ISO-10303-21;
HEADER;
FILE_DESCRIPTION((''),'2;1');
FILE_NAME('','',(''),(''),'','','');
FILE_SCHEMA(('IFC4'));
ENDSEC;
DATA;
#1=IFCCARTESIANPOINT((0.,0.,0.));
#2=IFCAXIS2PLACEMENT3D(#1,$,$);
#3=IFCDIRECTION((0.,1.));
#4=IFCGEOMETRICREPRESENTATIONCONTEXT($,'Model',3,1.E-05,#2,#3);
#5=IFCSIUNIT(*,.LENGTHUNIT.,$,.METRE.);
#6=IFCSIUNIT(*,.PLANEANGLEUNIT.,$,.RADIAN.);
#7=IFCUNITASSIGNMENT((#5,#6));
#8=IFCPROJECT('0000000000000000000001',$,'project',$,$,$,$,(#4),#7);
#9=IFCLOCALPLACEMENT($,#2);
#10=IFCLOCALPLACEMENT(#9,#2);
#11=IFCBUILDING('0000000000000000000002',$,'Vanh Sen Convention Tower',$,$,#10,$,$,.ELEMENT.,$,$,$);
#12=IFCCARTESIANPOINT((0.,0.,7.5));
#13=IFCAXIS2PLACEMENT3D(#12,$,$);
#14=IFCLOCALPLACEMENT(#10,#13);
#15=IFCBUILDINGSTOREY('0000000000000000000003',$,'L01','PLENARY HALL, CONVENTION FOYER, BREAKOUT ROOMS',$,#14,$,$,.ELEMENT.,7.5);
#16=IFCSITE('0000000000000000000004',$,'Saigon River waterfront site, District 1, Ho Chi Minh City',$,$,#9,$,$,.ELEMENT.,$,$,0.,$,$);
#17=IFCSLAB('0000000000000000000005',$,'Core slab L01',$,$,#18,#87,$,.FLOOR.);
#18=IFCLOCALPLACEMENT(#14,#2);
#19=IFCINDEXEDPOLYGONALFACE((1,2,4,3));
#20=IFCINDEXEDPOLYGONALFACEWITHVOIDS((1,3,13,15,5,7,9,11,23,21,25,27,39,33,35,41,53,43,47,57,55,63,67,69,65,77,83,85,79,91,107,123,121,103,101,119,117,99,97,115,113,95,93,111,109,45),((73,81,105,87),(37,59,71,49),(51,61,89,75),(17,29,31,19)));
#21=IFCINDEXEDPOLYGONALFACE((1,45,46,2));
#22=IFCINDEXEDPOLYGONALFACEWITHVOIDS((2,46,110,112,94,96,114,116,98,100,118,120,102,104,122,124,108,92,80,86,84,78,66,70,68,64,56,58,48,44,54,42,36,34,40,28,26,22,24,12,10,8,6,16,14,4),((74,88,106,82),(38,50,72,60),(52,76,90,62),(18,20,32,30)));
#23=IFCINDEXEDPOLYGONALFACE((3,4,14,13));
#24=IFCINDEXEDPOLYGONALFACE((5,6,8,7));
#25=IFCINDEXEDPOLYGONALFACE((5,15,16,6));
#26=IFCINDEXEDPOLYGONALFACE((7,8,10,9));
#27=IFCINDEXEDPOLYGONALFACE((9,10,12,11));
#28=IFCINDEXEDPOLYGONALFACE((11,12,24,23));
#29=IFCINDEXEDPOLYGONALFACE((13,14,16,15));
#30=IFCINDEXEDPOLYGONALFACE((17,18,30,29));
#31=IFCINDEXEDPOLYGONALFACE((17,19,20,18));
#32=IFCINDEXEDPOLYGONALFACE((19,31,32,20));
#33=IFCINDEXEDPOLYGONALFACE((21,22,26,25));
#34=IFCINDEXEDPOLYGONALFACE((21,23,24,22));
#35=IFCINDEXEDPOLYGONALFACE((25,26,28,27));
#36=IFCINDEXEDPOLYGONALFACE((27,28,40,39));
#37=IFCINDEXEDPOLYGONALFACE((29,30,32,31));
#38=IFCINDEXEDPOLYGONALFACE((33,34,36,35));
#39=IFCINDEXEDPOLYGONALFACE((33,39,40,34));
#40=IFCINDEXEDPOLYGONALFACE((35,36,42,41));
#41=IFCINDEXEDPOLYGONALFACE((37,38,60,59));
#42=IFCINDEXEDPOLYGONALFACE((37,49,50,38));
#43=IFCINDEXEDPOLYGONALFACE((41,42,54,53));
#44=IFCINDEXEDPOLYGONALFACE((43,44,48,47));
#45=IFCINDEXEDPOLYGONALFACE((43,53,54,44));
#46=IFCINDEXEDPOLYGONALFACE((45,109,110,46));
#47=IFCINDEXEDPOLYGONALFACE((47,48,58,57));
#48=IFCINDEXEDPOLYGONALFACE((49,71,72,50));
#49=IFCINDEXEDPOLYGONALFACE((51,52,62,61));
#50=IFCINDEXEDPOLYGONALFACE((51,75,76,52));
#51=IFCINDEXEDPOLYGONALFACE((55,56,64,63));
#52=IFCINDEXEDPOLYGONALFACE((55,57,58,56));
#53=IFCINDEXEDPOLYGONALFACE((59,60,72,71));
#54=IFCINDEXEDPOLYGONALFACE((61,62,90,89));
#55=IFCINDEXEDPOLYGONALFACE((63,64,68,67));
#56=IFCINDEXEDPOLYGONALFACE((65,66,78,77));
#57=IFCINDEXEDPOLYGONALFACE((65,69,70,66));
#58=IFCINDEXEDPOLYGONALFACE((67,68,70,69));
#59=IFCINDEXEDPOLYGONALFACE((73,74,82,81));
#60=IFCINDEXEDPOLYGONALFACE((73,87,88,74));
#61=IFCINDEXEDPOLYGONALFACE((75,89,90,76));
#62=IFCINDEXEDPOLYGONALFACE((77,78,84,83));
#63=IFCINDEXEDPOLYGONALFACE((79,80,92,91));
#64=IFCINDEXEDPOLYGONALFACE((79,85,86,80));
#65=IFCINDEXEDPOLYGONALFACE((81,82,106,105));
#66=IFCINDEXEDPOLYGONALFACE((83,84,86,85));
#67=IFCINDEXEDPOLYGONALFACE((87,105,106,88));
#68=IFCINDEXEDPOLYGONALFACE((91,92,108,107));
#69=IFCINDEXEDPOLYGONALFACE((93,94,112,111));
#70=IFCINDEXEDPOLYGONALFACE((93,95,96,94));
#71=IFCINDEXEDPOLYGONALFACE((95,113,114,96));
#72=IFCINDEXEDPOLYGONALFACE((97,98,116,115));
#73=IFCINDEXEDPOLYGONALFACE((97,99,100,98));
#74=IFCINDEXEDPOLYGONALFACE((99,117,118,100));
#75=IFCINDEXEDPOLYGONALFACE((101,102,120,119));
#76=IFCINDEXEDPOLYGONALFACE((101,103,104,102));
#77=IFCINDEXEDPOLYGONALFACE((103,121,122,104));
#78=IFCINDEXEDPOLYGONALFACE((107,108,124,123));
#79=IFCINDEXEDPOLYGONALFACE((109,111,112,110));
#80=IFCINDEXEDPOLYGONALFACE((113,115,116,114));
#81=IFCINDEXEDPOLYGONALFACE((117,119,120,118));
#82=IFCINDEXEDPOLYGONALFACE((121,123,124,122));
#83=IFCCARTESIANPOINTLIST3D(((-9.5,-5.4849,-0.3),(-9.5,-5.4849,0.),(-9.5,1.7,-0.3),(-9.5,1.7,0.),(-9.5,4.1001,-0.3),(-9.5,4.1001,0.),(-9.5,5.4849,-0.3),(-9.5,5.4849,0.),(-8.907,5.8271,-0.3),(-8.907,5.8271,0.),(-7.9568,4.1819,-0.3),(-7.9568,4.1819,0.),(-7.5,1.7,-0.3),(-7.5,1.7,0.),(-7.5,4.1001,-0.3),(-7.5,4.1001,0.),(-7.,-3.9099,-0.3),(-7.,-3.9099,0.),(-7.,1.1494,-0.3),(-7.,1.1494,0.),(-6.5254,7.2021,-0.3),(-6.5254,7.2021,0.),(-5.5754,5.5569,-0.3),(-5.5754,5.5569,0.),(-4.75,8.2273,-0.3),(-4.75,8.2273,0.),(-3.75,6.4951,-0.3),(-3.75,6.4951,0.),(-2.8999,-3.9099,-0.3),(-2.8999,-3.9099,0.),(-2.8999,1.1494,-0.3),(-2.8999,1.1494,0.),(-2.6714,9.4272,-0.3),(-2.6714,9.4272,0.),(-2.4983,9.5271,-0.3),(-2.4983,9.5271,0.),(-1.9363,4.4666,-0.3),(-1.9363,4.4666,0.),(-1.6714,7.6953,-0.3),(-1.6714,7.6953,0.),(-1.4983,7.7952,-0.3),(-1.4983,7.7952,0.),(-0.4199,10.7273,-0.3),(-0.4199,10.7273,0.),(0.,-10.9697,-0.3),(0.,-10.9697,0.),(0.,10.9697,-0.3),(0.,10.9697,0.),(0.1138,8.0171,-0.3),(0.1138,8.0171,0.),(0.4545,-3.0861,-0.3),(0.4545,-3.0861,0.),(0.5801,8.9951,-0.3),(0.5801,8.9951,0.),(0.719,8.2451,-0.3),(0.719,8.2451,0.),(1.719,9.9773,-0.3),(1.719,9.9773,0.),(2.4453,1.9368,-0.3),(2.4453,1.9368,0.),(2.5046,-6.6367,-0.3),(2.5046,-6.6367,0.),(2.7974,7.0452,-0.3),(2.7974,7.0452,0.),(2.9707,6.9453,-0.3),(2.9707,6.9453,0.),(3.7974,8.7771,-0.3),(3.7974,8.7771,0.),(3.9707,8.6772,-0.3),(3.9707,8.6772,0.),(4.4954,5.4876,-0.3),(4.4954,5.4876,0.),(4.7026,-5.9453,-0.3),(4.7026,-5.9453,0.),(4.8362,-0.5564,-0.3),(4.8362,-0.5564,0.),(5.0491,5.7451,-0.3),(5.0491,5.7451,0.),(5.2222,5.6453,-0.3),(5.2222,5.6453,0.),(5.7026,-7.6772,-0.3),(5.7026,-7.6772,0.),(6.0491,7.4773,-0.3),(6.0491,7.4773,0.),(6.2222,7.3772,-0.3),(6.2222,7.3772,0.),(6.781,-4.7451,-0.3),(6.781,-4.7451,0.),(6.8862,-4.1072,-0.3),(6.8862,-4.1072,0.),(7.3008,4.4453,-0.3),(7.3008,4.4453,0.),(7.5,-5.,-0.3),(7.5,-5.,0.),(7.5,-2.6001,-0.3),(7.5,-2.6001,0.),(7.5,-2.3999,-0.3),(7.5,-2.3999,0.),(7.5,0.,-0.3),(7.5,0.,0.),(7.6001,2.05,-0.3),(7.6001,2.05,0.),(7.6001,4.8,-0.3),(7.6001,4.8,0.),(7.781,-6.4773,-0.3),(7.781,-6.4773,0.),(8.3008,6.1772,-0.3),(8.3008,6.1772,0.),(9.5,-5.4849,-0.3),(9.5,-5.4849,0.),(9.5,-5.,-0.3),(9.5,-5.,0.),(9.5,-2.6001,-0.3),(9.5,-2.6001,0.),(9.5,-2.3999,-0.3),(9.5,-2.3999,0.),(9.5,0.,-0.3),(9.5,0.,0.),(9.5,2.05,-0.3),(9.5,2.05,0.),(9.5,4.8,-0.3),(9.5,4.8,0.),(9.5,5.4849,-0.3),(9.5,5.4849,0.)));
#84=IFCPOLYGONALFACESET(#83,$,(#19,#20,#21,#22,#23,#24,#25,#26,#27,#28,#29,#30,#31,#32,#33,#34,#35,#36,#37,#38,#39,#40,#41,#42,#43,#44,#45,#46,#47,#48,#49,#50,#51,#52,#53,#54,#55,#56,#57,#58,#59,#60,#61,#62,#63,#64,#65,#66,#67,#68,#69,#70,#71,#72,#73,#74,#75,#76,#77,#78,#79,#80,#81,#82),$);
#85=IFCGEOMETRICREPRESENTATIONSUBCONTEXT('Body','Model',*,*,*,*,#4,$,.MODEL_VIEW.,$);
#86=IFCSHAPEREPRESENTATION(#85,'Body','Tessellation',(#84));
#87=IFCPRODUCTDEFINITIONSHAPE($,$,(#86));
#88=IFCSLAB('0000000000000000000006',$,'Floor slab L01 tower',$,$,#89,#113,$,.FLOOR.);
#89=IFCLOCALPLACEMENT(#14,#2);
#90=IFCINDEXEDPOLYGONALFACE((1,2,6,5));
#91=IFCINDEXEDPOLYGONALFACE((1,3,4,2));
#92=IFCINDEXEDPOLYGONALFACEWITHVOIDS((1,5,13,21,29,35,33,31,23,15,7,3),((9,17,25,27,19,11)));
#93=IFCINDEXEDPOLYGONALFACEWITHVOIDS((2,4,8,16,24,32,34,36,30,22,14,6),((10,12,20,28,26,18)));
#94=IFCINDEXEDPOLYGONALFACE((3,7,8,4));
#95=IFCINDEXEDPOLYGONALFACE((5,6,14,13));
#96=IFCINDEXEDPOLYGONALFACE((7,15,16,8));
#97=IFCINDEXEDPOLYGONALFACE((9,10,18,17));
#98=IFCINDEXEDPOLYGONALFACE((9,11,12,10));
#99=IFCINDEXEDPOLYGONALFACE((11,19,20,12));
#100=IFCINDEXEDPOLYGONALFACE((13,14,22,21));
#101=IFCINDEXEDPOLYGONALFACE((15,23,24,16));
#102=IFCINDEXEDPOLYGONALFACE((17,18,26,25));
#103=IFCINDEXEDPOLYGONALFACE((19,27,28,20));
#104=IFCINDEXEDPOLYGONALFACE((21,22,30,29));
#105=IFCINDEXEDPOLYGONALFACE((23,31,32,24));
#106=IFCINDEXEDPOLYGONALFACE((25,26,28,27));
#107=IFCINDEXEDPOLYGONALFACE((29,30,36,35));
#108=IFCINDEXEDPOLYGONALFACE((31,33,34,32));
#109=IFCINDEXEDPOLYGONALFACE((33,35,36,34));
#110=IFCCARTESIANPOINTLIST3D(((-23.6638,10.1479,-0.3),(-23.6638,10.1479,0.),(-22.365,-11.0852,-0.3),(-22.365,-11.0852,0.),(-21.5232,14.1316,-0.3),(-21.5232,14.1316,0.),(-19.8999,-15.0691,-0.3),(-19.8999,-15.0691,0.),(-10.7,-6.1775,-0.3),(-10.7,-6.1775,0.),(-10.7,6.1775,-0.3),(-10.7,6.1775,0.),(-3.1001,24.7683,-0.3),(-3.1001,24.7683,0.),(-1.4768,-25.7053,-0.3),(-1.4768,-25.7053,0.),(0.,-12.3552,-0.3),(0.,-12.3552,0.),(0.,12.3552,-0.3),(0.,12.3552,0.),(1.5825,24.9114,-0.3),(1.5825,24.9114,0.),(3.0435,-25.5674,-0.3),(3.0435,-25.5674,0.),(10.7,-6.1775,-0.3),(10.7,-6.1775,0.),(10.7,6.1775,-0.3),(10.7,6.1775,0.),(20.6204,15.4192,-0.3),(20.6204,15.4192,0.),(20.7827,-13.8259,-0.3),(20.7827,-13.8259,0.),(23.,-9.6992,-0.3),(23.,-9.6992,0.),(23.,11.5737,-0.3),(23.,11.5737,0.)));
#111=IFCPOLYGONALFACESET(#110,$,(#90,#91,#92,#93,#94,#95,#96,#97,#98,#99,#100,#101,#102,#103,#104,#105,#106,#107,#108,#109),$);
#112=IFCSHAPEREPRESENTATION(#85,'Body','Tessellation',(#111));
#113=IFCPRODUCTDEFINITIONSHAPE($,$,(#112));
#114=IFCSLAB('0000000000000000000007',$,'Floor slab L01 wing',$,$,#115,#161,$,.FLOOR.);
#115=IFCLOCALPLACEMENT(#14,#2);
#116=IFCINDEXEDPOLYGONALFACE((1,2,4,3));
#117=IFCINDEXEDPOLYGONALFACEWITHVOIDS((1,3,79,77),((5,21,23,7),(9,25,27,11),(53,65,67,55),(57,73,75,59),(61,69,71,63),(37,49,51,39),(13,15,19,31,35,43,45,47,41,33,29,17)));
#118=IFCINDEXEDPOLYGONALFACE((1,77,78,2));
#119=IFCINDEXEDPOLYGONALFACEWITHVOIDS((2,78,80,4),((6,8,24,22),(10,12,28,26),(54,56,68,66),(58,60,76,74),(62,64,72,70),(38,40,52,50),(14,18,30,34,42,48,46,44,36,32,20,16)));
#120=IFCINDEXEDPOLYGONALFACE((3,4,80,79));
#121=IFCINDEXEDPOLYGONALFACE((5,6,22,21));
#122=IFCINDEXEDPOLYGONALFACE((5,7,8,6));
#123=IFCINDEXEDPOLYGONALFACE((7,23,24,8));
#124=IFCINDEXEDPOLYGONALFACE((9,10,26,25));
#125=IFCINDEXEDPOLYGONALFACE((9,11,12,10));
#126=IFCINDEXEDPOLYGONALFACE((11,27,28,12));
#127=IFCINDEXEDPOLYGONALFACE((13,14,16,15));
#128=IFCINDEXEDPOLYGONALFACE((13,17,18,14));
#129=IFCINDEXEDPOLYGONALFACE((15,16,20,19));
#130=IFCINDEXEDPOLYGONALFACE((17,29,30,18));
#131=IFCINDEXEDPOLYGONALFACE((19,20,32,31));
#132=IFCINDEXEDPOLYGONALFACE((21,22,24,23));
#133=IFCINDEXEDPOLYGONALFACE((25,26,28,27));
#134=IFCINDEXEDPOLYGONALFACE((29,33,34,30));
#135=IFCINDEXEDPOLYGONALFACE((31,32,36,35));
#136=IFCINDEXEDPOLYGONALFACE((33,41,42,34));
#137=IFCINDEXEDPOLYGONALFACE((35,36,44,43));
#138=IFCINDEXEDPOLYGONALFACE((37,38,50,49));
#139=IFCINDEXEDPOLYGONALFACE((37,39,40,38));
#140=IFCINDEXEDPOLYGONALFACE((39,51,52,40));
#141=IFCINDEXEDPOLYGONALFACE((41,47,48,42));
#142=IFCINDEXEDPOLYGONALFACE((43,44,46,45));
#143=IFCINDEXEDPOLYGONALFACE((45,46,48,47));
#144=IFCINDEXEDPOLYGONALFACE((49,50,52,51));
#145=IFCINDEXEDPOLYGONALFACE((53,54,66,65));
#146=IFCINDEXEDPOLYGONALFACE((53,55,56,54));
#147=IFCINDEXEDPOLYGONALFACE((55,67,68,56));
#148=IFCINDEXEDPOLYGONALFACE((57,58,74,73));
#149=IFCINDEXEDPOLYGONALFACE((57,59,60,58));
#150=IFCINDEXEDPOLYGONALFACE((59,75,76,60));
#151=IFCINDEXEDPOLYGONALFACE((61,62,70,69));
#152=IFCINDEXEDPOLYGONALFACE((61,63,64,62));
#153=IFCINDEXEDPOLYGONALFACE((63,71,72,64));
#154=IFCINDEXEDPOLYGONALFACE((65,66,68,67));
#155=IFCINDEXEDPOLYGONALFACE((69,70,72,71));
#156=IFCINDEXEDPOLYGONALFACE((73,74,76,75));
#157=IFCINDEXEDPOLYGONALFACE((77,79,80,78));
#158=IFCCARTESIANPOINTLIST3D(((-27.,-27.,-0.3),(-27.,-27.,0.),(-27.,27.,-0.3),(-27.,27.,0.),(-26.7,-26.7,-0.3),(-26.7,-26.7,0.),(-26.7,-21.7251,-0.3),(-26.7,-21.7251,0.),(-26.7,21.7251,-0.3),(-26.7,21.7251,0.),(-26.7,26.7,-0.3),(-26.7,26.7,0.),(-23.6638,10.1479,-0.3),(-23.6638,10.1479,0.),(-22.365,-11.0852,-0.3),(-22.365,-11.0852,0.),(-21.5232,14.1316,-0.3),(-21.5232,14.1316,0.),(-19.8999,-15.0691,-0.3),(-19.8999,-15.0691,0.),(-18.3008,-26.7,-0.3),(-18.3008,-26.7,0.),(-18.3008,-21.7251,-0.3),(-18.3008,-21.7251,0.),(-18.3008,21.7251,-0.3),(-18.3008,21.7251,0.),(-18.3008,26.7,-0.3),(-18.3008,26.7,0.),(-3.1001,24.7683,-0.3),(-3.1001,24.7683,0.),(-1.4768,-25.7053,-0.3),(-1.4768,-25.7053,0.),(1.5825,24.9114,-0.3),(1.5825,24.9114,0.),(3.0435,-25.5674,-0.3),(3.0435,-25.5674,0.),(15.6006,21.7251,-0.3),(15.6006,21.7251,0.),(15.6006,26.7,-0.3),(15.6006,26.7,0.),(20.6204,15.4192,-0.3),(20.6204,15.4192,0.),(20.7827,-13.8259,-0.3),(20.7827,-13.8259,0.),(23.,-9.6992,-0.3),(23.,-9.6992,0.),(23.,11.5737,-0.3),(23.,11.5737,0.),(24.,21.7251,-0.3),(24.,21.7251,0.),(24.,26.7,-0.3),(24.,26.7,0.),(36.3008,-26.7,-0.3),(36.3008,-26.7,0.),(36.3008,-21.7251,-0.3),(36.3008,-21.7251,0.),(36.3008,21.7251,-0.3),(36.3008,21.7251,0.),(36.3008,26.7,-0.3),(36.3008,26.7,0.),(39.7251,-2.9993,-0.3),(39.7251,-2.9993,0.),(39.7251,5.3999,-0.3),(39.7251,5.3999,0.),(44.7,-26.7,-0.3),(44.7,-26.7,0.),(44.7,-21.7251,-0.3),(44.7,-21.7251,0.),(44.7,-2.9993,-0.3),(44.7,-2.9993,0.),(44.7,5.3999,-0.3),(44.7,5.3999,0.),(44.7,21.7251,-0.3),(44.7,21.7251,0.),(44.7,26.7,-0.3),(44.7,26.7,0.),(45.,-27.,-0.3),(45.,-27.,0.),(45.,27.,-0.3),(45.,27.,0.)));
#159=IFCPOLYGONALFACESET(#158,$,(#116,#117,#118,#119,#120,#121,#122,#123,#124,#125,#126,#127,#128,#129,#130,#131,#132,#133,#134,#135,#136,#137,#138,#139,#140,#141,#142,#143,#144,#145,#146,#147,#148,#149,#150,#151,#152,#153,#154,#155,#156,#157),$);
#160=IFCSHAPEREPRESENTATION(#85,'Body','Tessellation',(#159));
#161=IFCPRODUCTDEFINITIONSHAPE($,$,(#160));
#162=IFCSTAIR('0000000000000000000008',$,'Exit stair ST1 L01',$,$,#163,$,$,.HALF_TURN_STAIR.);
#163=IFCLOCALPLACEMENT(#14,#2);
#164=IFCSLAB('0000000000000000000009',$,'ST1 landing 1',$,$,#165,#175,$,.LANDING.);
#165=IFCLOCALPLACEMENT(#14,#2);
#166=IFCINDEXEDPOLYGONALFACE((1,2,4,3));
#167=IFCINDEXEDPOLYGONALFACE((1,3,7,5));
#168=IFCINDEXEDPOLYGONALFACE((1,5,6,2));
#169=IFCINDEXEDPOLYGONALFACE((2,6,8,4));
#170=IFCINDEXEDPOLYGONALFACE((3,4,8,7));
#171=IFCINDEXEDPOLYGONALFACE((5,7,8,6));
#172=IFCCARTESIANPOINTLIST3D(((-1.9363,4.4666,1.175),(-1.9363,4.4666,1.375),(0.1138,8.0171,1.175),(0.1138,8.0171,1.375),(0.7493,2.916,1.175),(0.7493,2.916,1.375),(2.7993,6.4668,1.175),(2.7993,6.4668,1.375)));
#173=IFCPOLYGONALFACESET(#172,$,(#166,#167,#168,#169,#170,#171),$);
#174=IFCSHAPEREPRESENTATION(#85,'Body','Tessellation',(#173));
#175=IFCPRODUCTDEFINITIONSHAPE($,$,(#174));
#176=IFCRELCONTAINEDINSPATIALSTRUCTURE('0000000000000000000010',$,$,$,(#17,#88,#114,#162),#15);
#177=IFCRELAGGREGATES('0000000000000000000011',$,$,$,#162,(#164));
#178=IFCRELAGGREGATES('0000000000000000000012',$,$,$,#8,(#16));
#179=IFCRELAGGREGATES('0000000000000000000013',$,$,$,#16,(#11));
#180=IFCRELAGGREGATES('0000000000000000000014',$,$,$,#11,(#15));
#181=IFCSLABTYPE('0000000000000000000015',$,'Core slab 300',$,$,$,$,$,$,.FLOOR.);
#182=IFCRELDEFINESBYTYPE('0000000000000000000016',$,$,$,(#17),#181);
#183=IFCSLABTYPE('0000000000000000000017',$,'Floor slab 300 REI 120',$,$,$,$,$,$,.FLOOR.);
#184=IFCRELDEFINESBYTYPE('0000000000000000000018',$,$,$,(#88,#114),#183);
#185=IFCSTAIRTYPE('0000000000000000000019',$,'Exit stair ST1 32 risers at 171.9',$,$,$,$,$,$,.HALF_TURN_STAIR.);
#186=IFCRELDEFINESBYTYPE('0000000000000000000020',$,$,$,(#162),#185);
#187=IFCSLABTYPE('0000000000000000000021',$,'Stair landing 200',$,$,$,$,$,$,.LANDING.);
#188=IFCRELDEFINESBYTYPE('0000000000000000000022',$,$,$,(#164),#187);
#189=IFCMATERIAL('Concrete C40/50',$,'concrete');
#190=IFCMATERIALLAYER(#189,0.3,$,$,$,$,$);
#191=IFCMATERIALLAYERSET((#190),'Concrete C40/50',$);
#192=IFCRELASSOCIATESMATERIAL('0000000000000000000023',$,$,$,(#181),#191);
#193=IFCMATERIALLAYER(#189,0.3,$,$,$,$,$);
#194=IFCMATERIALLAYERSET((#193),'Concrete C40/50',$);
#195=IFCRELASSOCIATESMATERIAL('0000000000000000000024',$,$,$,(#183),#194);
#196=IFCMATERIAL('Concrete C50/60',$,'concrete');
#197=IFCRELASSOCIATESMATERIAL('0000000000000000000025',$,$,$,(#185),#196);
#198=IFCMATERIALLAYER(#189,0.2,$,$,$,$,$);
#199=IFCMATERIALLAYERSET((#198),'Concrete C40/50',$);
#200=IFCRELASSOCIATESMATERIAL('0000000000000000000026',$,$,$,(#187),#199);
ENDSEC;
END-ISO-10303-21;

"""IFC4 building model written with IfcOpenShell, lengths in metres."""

from ifc_helpers import new_model, si_unit, direction, frame, origin, place, context, subcontext, project, spatial, polyline, outline, extrude, material, layer, layer_set, type_object, element, aggregate, save


model = new_model("IFC4")

# Units and contexts
model_context = context("Model", 3, precision=1e-05, world=origin(), true_north=direction((0.0, 1.0)))
body_context = subcontext(model_context, "Body", "Model", "MODEL_VIEW")
ifc_project = project(units=[si_unit("LENGTHUNIT", "METRE"), si_unit("PLANEANGLEUNIT", "RADIAN")], contexts=[model_context])

# Site, building, storey
site_placement = place(None, origin())
site = spatial("IfcSite", under=ifc_project, at=site_placement, Name="Saigon River waterfront site, District 1, Ho Chi Minh City", CompositionType="ELEMENT", RefElevation=0.0)
building_placement = place(site_placement, origin())
building = spatial("IfcBuilding", under=site, at=building_placement, Name="Vanh Sen Convention Tower", CompositionType="ELEMENT")
storey_placement = place(building_placement, frame((0.0, 0.0, 7.5)))
storey = spatial("IfcBuildingStorey", under=building, at=storey_placement, Name="L01", Description="PLENARY HALL, CONVENTION FOYER, BREAKOUT ROOMS", CompositionType="ELEMENT", Elevation=7.5)

# Slabs
ifc_material_1 = material(Name="Concrete C40/50", Category="concrete")
ifc_layer_1 = layer(ifc_material_1, 0.3)
ifc_layer_set_1 = layer_set([ifc_layer_1], Name="Concrete C40/50")
slab_type_1 = type_object("IfcSlabType", Name="Core slab 300", PredefinedType="FLOOR", material=ifc_layer_set_1)
slab_1_placement = place(storey_placement, frame((0.0, 0.0, -0.3)))
element("IfcSlab", 1, at=slab_1_placement, inside=storey, type_object=slab_type_1, Name="Core slab L01", PredefinedType="FLOOR", context=body_context, shape_type="SweptSolid", body=[
    extrude(outline(polyline([(9.5, 5.4849), (9.5, 4.8), (7.6001, 4.8), (7.6001, 2.05), (9.5, 2.05), (9.5, 0.0), (7.5, 0.0), (7.5, -2.3999), (9.5, -2.3999), (9.5, -2.6001), (7.5, -2.6001), (7.5, -5.0), (9.5, -5.0), (9.5, -5.4849), (0.0, -10.9697), (-9.5, -5.4849), (-9.5, 1.7), (-7.5, 1.7), (-7.5, 4.1001), (-9.5, 4.1001), (-9.5, 5.4849), (-8.907, 5.8271), (-7.9568, 4.1819), (-5.5754, 5.5569), (-6.5254, 7.2021), (-4.75, 8.2273), (-3.75, 6.4951), (-1.6714, 7.6953), (-2.6714, 9.4272), (-2.4983, 9.5271), (-1.4983, 7.7952), (0.5801, 8.9951), (-0.4199, 10.7273), (0.0, 10.9697), (1.719, 9.9773), (0.719, 8.2451), (2.7974, 7.0452), (3.7974, 8.7771), (3.9707, 8.6772), (2.9707, 6.9453), (5.0491, 5.7451), (6.0491, 7.4773), (6.2222, 7.3772), (5.2222, 5.6453), (7.3008, 4.4453), (8.3008, 6.1772), (9.5, 5.4849)]), holes=[polyline([(-7.0, 3.1499), (-7.0, -3.9099), (-2.8999, -3.9099), (-2.8999, 3.1499), (-2.8999, 1.1494), (-7.0, 1.1494), (-7.0, 3.1499)]), polyline([(4.4954, 5.4875), (6.228, 4.4873), (0.1138, 8.0171), (-1.9363, 4.4666), (2.4453, 1.9368), (4.4954, 5.4875)]), polyline([(7.781, -6.4773), (6.781, -4.7451), (4.7026, -5.9453), (5.7026, -7.6772), (7.781, -6.4773)]), polyline([(0.4546, -3.0862), (2.5046, -6.6367), (6.8862, -4.1072), (4.8362, -0.5564), (-1.2781, -4.0864), (0.4546, -3.0862)])]), origin(), (0.0, 0.0, 1.0), 0.3),
])
ifc_layer_2 = layer(ifc_material_1, 0.3)
ifc_layer_set_2 = layer_set([ifc_layer_2], Name="Concrete C40/50")
slab_type_2 = type_object("IfcSlabType", Name="Floor slab 300 REI 120", PredefinedType="FLOOR", material=ifc_layer_set_2)
slab_2_placement = place(storey_placement, frame((0.0, 0.0, -0.3)))
element("IfcSlab", 2, at=slab_2_placement, inside=storey, type_object=slab_type_2, Name="Floor slab L01 tower", PredefinedType="FLOOR", context=body_context, shape_type="SweptSolid", body=[
    extrude(outline(polyline([(-23.6638, 10.1479), (-22.365, -11.0852), (-19.8999, -15.0691), (-1.4768, -25.7053), (3.0435, -25.5674), (20.7827, -13.8259), (23.0, -9.6992), (23.0, 11.5737), (20.6204, 15.4192), (1.5825, 24.9114), (-3.1001, 24.7683), (-21.5232, 14.1316), (-23.6638, 10.1479)]), holes=[polyline([(0.0, 12.3552), (-10.7, 6.1775), (-10.7, -6.1775), (0.0, -12.3552), (10.7, -6.1775), (10.7, 6.1775), (0.0, 12.3552)])]), origin(), (0.0, 0.0, 1.0), 0.3),
])
slab_3_placement = place(storey_placement, frame((0.0, 0.0, -0.3)))
element("IfcSlab", 3, at=slab_3_placement, inside=storey, type_object=slab_type_2, Name="Floor slab L01 wing", PredefinedType="FLOOR", context=body_context, shape_type="SweptSolid", body=[
    extrude(outline(polyline([(45.0, 27.0), (-27.0, 27.0), (-27.0, -27.0), (45.0, -27.0), (45.0, 27.0)]), holes=[polyline([(-22.365, -11.0852), (-19.8999, -15.0691), (-1.4768, -25.7053), (3.0435, -25.5674), (20.7827, -13.8259), (23.0, -9.6992), (23.0, 11.5737), (20.6204, 15.4192), (1.5825, 24.9114), (-3.1001, 24.7683), (-21.5232, 14.1316), (-23.6638, 10.1479), (-22.365, -11.0852)]), polyline([(44.7, 26.7), (36.3008, 26.7), (36.3008, 21.7251), (44.7, 21.7251), (44.7, 26.7)]), polyline([(36.3008, -26.7), (44.7, -26.7), (44.7, -21.7251), (36.3008, -21.7251), (36.3008, -26.7)]), polyline([(39.7251, -2.9993), (44.7, -2.9993), (44.7, 5.3999), (39.7251, 5.3999), (39.7251, -2.9993)]), polyline([(15.6006, 26.7), (15.6006, 21.7251), (24.0, 21.7251), (24.0, 26.7), (15.6006, 26.7)]), polyline([(-26.7, 26.7), (-26.7, 21.7251), (-18.3008, 21.7251), (-18.3008, 26.7), (-26.7, 26.7)]), polyline([(-26.7, -21.7251), (-26.7, -26.7), (-18.3008, -26.7), (-18.3008, -21.7251), (-26.7, -21.7251)])]), origin(), (0.0, 0.0, 1.0), 0.3),
])

# Stair, slab
ifc_material_2 = material(Name="Concrete C50/60", Category="concrete")
stair_type_1 = type_object("IfcStairType", Name="Exit stair ST1 32 risers at 171.9", PredefinedType="HALF_TURN_STAIR", material=ifc_material_2)
stair_1_placement = place(storey_placement, origin())
stair_1 = element("IfcStair", 4, at=stair_1_placement, inside=storey, type_object=stair_type_1, Name="Exit stair ST1 L01", PredefinedType="HALF_TURN_STAIR")
ifc_layer_3 = layer(ifc_material_1, 0.2)
ifc_layer_set_3 = layer_set([ifc_layer_3], Name="Concrete C40/50")
slab_type_3 = type_object("IfcSlabType", Name="Stair landing 200", PredefinedType="LANDING", material=ifc_layer_set_3)
slab_4_placement = place(storey_placement, frame((0.0, 0.0, 1.175)))
slab_4 = element("IfcSlab", 5, at=slab_4_placement, type_object=slab_type_3, Name="ST1 landing 1", PredefinedType="LANDING", context=body_context, shape_type="SweptSolid", body=[
    extrude(outline(polyline([(2.7993, 6.4668), (0.1138, 8.0171), (-1.9363, 4.4666), (0.7493, 2.916), (2.7993, 6.4668)])), origin(), (0.0, 0.0, 1.0), 0.2),
])
aggregate(stair_1, [slab_4])

save(model, "model.ifc")
